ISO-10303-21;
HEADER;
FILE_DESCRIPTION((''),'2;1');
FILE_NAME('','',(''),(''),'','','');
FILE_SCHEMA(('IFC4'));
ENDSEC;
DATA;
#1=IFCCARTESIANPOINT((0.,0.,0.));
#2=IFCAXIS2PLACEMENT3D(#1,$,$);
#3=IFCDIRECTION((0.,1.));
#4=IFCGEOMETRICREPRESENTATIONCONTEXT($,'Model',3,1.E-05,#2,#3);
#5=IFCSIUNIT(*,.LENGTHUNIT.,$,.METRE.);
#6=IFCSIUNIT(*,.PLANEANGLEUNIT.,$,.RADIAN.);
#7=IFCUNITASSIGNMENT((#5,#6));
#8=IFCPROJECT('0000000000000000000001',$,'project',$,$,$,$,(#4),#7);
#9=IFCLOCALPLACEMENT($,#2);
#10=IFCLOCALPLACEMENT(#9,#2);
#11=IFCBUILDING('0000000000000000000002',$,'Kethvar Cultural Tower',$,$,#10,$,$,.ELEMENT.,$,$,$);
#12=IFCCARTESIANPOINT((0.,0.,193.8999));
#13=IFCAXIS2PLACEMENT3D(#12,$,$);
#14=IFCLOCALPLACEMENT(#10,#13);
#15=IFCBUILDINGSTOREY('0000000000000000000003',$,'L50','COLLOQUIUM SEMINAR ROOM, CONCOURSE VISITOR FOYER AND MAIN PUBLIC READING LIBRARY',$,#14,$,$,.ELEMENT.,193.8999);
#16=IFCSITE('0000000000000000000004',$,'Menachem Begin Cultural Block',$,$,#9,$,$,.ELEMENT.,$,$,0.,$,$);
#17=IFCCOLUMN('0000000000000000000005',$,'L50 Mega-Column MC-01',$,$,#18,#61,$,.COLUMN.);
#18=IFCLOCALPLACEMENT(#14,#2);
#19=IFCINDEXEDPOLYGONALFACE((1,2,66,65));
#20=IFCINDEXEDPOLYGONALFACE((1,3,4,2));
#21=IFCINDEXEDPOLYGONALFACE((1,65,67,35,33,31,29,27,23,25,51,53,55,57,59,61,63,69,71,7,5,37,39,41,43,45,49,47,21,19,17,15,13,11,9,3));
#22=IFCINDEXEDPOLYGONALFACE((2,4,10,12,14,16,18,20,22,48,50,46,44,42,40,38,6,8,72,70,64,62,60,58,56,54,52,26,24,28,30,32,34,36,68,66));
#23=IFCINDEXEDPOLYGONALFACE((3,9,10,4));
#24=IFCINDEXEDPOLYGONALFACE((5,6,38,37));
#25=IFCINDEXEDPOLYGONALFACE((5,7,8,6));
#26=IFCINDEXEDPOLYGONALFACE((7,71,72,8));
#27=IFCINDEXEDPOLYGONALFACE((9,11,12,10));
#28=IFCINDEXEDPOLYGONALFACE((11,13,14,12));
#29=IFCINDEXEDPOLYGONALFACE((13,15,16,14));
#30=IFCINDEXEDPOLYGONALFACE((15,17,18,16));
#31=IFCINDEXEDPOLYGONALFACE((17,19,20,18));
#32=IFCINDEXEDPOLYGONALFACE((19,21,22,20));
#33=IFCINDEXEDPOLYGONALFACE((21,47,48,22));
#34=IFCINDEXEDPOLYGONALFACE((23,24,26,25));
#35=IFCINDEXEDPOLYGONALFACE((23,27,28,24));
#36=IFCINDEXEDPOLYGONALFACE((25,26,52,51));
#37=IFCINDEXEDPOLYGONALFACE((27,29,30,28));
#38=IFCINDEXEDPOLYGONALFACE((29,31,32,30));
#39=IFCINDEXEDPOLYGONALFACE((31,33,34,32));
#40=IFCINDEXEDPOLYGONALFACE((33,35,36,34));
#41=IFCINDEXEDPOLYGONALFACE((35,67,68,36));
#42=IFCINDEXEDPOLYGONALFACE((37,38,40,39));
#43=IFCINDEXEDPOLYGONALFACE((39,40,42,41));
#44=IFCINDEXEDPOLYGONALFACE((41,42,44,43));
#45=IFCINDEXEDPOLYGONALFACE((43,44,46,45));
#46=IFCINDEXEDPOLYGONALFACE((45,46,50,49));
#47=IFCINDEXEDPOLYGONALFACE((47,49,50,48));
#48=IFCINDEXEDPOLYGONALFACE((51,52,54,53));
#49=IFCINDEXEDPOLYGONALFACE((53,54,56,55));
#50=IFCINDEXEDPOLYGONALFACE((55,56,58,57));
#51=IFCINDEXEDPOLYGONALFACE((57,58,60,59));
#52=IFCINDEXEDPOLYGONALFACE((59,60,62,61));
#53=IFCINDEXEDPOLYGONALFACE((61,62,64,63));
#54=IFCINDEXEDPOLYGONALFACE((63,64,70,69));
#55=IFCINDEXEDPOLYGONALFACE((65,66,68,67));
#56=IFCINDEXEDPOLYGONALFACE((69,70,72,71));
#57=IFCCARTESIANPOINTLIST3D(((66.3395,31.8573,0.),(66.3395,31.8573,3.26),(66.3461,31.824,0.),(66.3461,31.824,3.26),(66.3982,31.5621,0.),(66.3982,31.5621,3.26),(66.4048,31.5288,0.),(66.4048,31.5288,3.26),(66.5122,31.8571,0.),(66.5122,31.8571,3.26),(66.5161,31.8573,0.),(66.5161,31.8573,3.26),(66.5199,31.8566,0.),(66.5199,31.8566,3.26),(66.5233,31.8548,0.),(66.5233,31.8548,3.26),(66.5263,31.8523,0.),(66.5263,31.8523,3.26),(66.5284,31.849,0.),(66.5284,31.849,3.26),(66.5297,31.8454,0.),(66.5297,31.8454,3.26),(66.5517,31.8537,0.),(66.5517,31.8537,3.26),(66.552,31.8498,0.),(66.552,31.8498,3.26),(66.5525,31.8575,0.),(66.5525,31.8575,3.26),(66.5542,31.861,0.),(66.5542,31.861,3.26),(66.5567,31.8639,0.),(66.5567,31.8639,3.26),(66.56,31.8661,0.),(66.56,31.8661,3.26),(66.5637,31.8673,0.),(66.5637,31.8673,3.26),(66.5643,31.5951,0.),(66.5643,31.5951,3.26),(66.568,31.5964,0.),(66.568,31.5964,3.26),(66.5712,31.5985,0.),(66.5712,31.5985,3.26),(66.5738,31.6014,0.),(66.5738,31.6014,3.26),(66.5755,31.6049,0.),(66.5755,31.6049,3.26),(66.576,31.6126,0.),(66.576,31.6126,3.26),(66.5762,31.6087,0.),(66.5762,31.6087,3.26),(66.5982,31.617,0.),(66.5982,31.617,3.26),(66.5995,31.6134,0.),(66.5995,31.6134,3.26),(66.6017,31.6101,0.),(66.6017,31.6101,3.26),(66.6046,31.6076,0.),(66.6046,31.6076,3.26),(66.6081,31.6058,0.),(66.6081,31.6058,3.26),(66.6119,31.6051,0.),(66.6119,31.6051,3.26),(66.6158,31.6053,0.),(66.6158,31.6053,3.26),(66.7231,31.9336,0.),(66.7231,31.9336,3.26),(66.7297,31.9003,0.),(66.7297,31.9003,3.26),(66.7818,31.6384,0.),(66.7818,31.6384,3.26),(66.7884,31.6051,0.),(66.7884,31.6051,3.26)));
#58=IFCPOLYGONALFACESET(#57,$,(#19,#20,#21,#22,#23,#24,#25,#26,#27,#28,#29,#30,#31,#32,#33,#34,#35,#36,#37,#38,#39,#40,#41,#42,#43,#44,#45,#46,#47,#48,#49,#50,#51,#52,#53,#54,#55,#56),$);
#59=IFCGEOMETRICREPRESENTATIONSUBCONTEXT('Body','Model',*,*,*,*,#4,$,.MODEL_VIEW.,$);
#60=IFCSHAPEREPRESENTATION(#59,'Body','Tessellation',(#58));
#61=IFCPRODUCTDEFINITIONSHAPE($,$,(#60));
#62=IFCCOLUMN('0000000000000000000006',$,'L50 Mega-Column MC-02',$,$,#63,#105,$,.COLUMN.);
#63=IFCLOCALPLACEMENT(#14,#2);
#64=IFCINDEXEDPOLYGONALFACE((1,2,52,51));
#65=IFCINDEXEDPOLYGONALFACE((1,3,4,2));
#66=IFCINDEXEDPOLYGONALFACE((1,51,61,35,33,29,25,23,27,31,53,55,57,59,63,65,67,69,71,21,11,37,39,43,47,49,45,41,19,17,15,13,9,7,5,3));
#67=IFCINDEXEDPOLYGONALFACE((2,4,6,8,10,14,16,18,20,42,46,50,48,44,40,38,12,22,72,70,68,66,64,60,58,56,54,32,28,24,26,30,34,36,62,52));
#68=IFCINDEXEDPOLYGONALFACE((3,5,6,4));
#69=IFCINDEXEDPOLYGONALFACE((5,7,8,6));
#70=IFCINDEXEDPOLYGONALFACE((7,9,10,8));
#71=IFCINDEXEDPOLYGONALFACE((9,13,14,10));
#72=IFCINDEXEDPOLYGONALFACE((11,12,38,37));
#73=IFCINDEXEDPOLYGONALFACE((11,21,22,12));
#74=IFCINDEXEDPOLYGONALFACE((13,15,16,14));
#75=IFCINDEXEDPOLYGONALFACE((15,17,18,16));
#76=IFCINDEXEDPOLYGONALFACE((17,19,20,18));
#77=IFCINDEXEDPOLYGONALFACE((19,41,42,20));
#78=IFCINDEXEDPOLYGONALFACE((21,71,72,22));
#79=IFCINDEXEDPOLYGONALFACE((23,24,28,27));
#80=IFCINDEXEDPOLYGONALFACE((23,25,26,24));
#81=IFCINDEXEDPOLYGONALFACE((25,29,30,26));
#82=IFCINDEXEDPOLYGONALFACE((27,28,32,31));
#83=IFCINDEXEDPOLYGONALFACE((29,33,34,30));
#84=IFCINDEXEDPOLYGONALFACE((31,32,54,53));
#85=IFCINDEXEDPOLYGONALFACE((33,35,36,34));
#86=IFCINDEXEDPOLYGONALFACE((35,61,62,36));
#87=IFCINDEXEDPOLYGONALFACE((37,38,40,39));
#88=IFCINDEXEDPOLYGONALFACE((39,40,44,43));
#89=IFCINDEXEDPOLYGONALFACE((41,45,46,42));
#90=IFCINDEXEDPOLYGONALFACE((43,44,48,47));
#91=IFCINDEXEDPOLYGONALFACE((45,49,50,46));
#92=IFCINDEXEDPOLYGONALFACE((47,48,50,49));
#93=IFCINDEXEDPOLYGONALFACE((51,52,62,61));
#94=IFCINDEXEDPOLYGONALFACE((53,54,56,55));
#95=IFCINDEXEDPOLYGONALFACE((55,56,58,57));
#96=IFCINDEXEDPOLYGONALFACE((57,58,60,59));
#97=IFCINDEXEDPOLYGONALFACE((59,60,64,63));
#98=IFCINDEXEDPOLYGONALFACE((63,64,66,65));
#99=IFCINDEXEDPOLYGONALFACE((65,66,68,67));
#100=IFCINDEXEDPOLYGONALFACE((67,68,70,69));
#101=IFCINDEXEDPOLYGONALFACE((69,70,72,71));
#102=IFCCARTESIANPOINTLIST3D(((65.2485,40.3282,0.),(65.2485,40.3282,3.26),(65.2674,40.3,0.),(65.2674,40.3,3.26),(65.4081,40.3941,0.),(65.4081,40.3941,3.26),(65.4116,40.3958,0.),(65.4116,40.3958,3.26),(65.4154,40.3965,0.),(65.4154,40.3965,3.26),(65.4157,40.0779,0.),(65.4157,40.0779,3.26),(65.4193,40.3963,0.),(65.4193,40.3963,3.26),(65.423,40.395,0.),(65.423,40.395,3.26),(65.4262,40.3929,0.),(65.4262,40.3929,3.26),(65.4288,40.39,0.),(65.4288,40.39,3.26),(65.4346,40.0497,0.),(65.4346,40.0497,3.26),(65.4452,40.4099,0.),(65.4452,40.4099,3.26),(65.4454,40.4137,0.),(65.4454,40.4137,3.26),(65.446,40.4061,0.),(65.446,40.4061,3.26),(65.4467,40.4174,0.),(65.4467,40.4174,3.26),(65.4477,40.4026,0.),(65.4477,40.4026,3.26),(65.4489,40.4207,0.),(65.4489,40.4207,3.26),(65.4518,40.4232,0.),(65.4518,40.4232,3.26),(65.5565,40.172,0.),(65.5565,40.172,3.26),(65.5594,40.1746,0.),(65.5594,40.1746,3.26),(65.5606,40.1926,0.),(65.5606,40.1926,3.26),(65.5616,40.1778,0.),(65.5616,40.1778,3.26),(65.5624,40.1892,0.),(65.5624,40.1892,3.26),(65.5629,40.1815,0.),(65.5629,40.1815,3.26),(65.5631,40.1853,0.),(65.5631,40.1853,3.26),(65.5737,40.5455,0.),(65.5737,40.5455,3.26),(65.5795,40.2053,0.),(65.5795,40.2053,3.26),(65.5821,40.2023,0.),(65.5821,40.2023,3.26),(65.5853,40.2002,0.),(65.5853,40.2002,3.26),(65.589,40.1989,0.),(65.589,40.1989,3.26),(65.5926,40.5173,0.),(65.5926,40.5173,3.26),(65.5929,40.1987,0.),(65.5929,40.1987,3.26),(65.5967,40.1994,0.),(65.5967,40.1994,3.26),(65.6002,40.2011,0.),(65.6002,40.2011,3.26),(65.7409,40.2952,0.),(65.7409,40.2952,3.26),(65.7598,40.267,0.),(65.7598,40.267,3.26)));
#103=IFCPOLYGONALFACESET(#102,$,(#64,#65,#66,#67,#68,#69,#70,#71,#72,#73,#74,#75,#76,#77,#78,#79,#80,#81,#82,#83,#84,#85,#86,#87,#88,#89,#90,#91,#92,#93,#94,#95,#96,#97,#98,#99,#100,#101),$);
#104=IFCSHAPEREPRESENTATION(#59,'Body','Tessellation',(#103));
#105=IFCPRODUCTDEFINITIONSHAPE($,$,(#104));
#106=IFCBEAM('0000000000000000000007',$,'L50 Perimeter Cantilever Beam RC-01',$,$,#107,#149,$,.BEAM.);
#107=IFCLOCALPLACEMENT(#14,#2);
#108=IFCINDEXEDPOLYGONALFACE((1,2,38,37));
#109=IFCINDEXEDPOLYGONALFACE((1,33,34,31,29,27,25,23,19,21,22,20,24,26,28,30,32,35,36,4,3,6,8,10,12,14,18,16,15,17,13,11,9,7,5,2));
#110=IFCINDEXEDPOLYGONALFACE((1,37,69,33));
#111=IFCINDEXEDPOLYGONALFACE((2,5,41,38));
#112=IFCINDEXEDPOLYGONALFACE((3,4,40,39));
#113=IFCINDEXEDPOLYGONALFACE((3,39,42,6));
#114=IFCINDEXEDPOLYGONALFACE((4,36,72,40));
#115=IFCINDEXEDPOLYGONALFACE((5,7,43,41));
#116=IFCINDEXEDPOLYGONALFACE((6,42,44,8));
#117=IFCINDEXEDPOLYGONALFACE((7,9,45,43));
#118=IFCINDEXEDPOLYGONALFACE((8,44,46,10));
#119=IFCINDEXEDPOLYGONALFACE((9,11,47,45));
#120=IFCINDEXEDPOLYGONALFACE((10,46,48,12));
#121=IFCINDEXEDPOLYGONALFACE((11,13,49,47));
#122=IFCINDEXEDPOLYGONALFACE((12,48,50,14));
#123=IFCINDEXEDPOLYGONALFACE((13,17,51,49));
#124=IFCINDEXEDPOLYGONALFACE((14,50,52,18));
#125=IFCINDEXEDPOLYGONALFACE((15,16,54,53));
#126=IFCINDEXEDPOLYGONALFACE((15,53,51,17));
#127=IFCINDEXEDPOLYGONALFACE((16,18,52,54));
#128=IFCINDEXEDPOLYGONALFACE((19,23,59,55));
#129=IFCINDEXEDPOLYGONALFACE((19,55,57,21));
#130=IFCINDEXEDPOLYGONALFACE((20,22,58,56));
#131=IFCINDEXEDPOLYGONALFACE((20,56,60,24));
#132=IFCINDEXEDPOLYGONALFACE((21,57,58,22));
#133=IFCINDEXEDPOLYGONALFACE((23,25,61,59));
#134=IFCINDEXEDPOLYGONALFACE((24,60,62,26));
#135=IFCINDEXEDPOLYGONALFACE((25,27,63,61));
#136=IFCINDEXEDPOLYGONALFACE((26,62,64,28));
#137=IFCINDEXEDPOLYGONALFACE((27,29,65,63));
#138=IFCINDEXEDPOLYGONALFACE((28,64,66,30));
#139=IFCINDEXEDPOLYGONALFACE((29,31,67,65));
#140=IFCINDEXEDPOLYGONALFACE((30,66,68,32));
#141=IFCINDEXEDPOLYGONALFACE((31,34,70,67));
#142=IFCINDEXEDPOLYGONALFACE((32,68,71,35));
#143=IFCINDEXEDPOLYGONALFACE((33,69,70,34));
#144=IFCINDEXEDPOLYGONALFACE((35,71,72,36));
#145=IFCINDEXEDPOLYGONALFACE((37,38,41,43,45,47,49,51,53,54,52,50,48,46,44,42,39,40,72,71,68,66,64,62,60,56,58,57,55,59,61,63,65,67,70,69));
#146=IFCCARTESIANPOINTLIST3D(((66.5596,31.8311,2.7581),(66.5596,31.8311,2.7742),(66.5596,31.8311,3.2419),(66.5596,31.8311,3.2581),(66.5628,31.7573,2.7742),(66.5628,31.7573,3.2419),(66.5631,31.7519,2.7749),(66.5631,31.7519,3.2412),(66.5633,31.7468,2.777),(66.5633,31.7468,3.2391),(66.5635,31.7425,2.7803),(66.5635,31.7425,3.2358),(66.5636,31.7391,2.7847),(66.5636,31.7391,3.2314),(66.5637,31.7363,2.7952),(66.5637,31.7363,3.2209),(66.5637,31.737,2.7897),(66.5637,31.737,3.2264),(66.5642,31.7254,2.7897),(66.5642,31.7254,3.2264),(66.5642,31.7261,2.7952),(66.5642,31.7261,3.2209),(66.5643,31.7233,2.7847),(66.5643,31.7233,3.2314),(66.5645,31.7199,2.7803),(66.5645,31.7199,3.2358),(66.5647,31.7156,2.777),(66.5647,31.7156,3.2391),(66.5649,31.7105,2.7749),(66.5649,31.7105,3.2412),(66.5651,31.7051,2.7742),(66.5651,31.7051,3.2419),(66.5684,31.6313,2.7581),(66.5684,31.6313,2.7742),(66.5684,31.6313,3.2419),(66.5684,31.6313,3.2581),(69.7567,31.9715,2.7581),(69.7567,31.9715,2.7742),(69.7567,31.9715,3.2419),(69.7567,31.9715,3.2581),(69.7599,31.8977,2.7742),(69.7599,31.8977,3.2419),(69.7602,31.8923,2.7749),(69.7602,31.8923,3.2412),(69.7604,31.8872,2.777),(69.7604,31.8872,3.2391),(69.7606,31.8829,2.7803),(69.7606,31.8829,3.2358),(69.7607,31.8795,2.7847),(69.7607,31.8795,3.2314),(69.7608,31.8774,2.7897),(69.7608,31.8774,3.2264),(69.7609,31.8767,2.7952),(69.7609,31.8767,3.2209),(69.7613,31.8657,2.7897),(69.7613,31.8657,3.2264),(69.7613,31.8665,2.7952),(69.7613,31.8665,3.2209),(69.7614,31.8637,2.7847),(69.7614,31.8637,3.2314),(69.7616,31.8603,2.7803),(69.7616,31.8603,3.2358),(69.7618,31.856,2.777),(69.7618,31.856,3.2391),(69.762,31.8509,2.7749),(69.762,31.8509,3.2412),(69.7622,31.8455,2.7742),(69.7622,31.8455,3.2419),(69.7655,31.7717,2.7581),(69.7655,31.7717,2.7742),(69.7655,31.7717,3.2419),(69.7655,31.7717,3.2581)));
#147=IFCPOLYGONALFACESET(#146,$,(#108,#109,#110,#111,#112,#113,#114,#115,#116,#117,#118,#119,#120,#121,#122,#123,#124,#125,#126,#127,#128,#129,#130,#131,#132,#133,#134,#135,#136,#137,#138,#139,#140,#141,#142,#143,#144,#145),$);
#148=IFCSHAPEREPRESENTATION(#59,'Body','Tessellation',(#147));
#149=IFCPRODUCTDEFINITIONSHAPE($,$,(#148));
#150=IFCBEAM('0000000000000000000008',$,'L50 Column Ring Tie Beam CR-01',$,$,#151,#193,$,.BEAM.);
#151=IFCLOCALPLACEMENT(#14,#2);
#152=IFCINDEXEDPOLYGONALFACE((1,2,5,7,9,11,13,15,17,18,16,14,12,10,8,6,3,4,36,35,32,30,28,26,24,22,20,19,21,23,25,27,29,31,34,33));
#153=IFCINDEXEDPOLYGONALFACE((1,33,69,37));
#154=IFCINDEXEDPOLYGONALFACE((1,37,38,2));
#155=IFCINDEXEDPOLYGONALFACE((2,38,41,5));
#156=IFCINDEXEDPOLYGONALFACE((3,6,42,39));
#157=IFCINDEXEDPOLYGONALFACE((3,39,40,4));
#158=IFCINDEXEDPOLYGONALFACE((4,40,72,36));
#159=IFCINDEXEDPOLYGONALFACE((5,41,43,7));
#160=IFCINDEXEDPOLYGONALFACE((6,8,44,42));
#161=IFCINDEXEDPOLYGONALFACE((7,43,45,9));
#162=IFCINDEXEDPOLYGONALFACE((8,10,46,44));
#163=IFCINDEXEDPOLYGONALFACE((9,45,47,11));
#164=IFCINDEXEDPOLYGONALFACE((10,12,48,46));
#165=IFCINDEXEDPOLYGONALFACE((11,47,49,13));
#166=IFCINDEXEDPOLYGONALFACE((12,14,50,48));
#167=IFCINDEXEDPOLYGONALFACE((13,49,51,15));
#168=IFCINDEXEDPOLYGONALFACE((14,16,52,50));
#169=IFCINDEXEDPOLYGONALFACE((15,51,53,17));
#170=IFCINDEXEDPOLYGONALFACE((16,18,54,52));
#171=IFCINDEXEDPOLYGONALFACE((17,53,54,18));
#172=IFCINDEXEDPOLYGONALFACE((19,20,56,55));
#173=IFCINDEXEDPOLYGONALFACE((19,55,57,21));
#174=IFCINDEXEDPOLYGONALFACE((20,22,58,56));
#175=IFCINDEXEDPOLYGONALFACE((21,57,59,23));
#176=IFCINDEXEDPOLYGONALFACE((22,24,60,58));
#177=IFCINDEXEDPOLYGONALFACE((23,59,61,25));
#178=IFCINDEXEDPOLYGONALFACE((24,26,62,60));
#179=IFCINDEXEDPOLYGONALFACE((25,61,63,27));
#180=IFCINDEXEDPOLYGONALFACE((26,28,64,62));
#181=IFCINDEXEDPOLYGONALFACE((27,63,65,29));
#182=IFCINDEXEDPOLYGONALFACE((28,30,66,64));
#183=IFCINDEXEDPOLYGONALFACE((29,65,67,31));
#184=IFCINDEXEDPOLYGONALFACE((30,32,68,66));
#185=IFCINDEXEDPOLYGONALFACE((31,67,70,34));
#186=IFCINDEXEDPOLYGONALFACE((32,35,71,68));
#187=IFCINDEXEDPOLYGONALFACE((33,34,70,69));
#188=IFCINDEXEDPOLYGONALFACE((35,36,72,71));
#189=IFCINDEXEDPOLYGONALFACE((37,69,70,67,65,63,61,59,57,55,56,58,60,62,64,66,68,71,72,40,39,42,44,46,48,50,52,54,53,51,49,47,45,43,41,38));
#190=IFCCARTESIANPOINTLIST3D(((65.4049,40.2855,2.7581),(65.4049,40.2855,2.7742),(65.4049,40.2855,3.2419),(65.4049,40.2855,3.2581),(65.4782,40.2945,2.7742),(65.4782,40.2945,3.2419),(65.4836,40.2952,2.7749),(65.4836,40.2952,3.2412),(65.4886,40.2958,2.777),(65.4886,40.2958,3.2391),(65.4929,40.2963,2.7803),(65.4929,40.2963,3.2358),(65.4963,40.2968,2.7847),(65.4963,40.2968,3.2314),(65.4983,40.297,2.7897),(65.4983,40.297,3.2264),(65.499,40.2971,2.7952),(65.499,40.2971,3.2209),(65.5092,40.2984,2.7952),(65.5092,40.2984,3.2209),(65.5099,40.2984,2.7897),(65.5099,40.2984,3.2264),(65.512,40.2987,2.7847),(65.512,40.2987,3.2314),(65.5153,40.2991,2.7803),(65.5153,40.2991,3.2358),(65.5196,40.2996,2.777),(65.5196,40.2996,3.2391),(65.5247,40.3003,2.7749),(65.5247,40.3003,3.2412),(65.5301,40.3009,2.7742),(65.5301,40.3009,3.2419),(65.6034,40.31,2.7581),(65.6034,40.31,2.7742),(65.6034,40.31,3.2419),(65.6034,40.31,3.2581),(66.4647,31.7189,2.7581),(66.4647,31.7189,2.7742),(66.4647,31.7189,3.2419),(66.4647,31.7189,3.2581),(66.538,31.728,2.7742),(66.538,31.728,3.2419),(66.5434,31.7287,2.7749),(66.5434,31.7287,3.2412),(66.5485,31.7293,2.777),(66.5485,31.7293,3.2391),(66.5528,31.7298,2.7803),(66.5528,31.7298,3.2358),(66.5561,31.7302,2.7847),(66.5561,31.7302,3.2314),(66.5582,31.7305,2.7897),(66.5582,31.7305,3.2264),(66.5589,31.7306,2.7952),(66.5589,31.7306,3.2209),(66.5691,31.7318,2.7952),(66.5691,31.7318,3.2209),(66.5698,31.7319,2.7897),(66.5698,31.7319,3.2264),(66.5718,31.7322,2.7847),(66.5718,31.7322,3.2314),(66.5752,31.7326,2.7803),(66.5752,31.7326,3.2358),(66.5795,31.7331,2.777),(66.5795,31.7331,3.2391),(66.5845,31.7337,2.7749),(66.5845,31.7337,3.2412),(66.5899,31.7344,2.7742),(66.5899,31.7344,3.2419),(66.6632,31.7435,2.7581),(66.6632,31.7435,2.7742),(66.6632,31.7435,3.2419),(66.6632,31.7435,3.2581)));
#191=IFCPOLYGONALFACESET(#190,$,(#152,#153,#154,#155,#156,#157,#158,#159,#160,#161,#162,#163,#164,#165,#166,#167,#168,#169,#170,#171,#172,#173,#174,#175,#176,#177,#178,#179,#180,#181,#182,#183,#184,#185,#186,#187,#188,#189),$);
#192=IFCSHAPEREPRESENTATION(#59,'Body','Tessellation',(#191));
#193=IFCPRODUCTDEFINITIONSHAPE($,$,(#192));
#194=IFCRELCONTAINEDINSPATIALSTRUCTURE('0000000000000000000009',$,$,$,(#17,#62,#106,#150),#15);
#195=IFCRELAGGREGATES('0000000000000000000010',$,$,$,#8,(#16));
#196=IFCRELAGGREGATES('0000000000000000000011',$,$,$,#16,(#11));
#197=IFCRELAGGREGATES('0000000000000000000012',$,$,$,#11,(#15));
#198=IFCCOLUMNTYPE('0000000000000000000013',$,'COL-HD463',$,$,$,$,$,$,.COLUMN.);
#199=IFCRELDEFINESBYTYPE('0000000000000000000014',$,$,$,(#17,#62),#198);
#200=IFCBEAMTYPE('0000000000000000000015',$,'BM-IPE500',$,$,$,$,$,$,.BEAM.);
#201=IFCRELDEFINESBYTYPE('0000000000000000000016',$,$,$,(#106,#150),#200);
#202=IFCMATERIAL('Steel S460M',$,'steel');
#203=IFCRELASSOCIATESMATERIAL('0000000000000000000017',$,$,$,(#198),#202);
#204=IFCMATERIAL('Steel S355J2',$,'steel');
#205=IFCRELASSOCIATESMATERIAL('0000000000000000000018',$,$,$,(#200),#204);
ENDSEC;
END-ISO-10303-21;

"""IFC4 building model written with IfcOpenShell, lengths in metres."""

from ifc_helpers import new_model, si_unit, direction, frame, origin, origin_2d, place, context, subcontext, project, spatial, i_section, extrude, source, transform, mapped, material, material_profile, profile_set, type_object, element, save


model = new_model("IFC4")

# Units and contexts
model_context = context("Model", 3, precision=1e-05, world=origin(), true_north=direction((0.0, 1.0)))
body_context = subcontext(model_context, "Body", "Model", "MODEL_VIEW")
ifc_project = project(units=[si_unit("LENGTHUNIT", "METRE"), si_unit("PLANEANGLEUNIT", "RADIAN")], contexts=[model_context])

# Site, building, storey
site_placement = place(None, origin())
site = spatial("IfcSite", under=ifc_project, at=site_placement, Name="Menachem Begin Cultural Block", CompositionType="ELEMENT", RefElevation=0.0)
building_placement = place(site_placement, origin())
building = spatial("IfcBuilding", under=site, at=building_placement, Name="Kethvar Cultural Tower", CompositionType="ELEMENT")
storey_placement = place(building_placement, frame((0.0, 0.0, 193.8999)))
storey = spatial("IfcBuildingStorey", under=building, at=storey_placement, Name="L50", Description="COLLOQUIUM SEMINAR ROOM, CONCOURSE VISITOR FOYER AND MAIN PUBLIC READING LIBRARY", CompositionType="ELEMENT", Elevation=193.8999)

# Columns
ifc_material_1 = material(Name="Steel S460M", Category="steel")
ifc_material_profile_1 = material_profile(ifc_material_1, i_section(OverallWidth=0.3911, OverallDepth=0.335, WebThickness=0.0227, FlangeThickness=0.0339, FilletRadius=0.0149, at=origin_2d()), Name="Steel S460M — HD400x463")
ifc_profile_set_1 = profile_set([ifc_material_profile_1], Name="Steel S460M — HD400x463")
column_type = type_object("IfcColumnType", Name="COL-HD463", PredefinedType="COLUMN", material=ifc_profile_set_1)
shared_shape_1 = source(origin(), body_context, "Body", "SweptSolid", [
    extrude(i_section(OverallWidth=0.3911, OverallDepth=0.335, WebThickness=0.0227, FlangeThickness=0.0339, FilletRadius=0.0149, at=origin_2d()), origin(), (0.0, 0.0, 1.0), 3.26),
])
for number, where, z_axis, x_axis, name in (
    (1, (66.564, 31.7312, 0.0), (0.0, 0.0, 1.0), (0.980785, 0.19509, 0.0), "L50 Mega-Column MC-01"),
    (2, (65.5042, 40.2976, 0.0), (0.0, 0.0, 1.0), (0.83147, 0.55557, 0.0), "L50 Mega-Column MC-02"),
):
    element("IfcColumn", number, at=place(storey_placement, frame(where, z_axis=z_axis, x_axis=x_axis)), inside=storey, type_object=column_type, Name=name, PredefinedType="COLUMN", context=body_context, shape_type="MappedRepresentation", body=[
        mapped(shared_shape_1, transform((0.0, 0.0, 0.0), scale=1.0)),
    ])

# Beams
ifc_material_2 = material(Name="Steel S355J2", Category="steel")
ifc_material_profile_2 = material_profile(ifc_material_2, i_section(OverallWidth=0.2, OverallDepth=0.5, WebThickness=0.0103, FlangeThickness=0.0161, FilletRadius=0.021, at=origin_2d()), Name="Steel S355J2 — IPE500")
ifc_profile_set_2 = profile_set([ifc_material_profile_2], Name="Steel S355J2 — IPE500")
beam_type_1 = type_object("IfcBeamType", Name="BM-IPE500", PredefinedType="BEAM", material=ifc_profile_set_2)
shared_shape_2 = source(origin(), body_context, "Body", "SweptSolid", [
    extrude(i_section(OverallWidth=0.2, OverallDepth=0.5, WebThickness=0.0103, FlangeThickness=0.0161, FilletRadius=0.021, at=origin_2d()), origin(), (0.0, 0.0, 1.0), 3.2002),
])
beam_1_placement = place(storey_placement, frame((66.564, 31.7312, 3.0081), z_axis=(0.999037, 0.043868, 0.0), x_axis=(-0.043868, 0.999037, 0.0)))
element("IfcBeam", 3, at=beam_1_placement, inside=storey, type_object=beam_type_1, Name="L50 Perimeter Cantilever Beam RC-01", PredefinedType="BEAM", context=body_context, shape_type="MappedRepresentation", body=[
    mapped(shared_shape_2, transform((0.0, 0.0, 0.0), scale=1.0)),
])
shared_shape_3 = source(origin(), body_context, "Body", "SweptSolid", [
    extrude(i_section(OverallWidth=0.2, OverallDepth=0.5, WebThickness=0.0103, FlangeThickness=0.0161, FilletRadius=0.021, at=origin_2d()), origin(), (0.0, 0.0, 1.0), 8.6318),
])
beam_2_placement = place(storey_placement, frame((66.564, 31.7312, 3.0081), z_axis=(-0.122781, 0.992434, 0.0), x_axis=(-0.992434, -0.122781, 0.0)))
element("IfcBeam", 4, at=beam_2_placement, inside=storey, type_object=beam_type_1, Name="L50 Column Ring Tie Beam CR-01", PredefinedType="BEAM", context=body_context, shape_type="MappedRepresentation", body=[
    mapped(shared_shape_3, transform((0.0, 0.0, 0.0), scale=1.0)),
])

save(model, "model.ifc")
